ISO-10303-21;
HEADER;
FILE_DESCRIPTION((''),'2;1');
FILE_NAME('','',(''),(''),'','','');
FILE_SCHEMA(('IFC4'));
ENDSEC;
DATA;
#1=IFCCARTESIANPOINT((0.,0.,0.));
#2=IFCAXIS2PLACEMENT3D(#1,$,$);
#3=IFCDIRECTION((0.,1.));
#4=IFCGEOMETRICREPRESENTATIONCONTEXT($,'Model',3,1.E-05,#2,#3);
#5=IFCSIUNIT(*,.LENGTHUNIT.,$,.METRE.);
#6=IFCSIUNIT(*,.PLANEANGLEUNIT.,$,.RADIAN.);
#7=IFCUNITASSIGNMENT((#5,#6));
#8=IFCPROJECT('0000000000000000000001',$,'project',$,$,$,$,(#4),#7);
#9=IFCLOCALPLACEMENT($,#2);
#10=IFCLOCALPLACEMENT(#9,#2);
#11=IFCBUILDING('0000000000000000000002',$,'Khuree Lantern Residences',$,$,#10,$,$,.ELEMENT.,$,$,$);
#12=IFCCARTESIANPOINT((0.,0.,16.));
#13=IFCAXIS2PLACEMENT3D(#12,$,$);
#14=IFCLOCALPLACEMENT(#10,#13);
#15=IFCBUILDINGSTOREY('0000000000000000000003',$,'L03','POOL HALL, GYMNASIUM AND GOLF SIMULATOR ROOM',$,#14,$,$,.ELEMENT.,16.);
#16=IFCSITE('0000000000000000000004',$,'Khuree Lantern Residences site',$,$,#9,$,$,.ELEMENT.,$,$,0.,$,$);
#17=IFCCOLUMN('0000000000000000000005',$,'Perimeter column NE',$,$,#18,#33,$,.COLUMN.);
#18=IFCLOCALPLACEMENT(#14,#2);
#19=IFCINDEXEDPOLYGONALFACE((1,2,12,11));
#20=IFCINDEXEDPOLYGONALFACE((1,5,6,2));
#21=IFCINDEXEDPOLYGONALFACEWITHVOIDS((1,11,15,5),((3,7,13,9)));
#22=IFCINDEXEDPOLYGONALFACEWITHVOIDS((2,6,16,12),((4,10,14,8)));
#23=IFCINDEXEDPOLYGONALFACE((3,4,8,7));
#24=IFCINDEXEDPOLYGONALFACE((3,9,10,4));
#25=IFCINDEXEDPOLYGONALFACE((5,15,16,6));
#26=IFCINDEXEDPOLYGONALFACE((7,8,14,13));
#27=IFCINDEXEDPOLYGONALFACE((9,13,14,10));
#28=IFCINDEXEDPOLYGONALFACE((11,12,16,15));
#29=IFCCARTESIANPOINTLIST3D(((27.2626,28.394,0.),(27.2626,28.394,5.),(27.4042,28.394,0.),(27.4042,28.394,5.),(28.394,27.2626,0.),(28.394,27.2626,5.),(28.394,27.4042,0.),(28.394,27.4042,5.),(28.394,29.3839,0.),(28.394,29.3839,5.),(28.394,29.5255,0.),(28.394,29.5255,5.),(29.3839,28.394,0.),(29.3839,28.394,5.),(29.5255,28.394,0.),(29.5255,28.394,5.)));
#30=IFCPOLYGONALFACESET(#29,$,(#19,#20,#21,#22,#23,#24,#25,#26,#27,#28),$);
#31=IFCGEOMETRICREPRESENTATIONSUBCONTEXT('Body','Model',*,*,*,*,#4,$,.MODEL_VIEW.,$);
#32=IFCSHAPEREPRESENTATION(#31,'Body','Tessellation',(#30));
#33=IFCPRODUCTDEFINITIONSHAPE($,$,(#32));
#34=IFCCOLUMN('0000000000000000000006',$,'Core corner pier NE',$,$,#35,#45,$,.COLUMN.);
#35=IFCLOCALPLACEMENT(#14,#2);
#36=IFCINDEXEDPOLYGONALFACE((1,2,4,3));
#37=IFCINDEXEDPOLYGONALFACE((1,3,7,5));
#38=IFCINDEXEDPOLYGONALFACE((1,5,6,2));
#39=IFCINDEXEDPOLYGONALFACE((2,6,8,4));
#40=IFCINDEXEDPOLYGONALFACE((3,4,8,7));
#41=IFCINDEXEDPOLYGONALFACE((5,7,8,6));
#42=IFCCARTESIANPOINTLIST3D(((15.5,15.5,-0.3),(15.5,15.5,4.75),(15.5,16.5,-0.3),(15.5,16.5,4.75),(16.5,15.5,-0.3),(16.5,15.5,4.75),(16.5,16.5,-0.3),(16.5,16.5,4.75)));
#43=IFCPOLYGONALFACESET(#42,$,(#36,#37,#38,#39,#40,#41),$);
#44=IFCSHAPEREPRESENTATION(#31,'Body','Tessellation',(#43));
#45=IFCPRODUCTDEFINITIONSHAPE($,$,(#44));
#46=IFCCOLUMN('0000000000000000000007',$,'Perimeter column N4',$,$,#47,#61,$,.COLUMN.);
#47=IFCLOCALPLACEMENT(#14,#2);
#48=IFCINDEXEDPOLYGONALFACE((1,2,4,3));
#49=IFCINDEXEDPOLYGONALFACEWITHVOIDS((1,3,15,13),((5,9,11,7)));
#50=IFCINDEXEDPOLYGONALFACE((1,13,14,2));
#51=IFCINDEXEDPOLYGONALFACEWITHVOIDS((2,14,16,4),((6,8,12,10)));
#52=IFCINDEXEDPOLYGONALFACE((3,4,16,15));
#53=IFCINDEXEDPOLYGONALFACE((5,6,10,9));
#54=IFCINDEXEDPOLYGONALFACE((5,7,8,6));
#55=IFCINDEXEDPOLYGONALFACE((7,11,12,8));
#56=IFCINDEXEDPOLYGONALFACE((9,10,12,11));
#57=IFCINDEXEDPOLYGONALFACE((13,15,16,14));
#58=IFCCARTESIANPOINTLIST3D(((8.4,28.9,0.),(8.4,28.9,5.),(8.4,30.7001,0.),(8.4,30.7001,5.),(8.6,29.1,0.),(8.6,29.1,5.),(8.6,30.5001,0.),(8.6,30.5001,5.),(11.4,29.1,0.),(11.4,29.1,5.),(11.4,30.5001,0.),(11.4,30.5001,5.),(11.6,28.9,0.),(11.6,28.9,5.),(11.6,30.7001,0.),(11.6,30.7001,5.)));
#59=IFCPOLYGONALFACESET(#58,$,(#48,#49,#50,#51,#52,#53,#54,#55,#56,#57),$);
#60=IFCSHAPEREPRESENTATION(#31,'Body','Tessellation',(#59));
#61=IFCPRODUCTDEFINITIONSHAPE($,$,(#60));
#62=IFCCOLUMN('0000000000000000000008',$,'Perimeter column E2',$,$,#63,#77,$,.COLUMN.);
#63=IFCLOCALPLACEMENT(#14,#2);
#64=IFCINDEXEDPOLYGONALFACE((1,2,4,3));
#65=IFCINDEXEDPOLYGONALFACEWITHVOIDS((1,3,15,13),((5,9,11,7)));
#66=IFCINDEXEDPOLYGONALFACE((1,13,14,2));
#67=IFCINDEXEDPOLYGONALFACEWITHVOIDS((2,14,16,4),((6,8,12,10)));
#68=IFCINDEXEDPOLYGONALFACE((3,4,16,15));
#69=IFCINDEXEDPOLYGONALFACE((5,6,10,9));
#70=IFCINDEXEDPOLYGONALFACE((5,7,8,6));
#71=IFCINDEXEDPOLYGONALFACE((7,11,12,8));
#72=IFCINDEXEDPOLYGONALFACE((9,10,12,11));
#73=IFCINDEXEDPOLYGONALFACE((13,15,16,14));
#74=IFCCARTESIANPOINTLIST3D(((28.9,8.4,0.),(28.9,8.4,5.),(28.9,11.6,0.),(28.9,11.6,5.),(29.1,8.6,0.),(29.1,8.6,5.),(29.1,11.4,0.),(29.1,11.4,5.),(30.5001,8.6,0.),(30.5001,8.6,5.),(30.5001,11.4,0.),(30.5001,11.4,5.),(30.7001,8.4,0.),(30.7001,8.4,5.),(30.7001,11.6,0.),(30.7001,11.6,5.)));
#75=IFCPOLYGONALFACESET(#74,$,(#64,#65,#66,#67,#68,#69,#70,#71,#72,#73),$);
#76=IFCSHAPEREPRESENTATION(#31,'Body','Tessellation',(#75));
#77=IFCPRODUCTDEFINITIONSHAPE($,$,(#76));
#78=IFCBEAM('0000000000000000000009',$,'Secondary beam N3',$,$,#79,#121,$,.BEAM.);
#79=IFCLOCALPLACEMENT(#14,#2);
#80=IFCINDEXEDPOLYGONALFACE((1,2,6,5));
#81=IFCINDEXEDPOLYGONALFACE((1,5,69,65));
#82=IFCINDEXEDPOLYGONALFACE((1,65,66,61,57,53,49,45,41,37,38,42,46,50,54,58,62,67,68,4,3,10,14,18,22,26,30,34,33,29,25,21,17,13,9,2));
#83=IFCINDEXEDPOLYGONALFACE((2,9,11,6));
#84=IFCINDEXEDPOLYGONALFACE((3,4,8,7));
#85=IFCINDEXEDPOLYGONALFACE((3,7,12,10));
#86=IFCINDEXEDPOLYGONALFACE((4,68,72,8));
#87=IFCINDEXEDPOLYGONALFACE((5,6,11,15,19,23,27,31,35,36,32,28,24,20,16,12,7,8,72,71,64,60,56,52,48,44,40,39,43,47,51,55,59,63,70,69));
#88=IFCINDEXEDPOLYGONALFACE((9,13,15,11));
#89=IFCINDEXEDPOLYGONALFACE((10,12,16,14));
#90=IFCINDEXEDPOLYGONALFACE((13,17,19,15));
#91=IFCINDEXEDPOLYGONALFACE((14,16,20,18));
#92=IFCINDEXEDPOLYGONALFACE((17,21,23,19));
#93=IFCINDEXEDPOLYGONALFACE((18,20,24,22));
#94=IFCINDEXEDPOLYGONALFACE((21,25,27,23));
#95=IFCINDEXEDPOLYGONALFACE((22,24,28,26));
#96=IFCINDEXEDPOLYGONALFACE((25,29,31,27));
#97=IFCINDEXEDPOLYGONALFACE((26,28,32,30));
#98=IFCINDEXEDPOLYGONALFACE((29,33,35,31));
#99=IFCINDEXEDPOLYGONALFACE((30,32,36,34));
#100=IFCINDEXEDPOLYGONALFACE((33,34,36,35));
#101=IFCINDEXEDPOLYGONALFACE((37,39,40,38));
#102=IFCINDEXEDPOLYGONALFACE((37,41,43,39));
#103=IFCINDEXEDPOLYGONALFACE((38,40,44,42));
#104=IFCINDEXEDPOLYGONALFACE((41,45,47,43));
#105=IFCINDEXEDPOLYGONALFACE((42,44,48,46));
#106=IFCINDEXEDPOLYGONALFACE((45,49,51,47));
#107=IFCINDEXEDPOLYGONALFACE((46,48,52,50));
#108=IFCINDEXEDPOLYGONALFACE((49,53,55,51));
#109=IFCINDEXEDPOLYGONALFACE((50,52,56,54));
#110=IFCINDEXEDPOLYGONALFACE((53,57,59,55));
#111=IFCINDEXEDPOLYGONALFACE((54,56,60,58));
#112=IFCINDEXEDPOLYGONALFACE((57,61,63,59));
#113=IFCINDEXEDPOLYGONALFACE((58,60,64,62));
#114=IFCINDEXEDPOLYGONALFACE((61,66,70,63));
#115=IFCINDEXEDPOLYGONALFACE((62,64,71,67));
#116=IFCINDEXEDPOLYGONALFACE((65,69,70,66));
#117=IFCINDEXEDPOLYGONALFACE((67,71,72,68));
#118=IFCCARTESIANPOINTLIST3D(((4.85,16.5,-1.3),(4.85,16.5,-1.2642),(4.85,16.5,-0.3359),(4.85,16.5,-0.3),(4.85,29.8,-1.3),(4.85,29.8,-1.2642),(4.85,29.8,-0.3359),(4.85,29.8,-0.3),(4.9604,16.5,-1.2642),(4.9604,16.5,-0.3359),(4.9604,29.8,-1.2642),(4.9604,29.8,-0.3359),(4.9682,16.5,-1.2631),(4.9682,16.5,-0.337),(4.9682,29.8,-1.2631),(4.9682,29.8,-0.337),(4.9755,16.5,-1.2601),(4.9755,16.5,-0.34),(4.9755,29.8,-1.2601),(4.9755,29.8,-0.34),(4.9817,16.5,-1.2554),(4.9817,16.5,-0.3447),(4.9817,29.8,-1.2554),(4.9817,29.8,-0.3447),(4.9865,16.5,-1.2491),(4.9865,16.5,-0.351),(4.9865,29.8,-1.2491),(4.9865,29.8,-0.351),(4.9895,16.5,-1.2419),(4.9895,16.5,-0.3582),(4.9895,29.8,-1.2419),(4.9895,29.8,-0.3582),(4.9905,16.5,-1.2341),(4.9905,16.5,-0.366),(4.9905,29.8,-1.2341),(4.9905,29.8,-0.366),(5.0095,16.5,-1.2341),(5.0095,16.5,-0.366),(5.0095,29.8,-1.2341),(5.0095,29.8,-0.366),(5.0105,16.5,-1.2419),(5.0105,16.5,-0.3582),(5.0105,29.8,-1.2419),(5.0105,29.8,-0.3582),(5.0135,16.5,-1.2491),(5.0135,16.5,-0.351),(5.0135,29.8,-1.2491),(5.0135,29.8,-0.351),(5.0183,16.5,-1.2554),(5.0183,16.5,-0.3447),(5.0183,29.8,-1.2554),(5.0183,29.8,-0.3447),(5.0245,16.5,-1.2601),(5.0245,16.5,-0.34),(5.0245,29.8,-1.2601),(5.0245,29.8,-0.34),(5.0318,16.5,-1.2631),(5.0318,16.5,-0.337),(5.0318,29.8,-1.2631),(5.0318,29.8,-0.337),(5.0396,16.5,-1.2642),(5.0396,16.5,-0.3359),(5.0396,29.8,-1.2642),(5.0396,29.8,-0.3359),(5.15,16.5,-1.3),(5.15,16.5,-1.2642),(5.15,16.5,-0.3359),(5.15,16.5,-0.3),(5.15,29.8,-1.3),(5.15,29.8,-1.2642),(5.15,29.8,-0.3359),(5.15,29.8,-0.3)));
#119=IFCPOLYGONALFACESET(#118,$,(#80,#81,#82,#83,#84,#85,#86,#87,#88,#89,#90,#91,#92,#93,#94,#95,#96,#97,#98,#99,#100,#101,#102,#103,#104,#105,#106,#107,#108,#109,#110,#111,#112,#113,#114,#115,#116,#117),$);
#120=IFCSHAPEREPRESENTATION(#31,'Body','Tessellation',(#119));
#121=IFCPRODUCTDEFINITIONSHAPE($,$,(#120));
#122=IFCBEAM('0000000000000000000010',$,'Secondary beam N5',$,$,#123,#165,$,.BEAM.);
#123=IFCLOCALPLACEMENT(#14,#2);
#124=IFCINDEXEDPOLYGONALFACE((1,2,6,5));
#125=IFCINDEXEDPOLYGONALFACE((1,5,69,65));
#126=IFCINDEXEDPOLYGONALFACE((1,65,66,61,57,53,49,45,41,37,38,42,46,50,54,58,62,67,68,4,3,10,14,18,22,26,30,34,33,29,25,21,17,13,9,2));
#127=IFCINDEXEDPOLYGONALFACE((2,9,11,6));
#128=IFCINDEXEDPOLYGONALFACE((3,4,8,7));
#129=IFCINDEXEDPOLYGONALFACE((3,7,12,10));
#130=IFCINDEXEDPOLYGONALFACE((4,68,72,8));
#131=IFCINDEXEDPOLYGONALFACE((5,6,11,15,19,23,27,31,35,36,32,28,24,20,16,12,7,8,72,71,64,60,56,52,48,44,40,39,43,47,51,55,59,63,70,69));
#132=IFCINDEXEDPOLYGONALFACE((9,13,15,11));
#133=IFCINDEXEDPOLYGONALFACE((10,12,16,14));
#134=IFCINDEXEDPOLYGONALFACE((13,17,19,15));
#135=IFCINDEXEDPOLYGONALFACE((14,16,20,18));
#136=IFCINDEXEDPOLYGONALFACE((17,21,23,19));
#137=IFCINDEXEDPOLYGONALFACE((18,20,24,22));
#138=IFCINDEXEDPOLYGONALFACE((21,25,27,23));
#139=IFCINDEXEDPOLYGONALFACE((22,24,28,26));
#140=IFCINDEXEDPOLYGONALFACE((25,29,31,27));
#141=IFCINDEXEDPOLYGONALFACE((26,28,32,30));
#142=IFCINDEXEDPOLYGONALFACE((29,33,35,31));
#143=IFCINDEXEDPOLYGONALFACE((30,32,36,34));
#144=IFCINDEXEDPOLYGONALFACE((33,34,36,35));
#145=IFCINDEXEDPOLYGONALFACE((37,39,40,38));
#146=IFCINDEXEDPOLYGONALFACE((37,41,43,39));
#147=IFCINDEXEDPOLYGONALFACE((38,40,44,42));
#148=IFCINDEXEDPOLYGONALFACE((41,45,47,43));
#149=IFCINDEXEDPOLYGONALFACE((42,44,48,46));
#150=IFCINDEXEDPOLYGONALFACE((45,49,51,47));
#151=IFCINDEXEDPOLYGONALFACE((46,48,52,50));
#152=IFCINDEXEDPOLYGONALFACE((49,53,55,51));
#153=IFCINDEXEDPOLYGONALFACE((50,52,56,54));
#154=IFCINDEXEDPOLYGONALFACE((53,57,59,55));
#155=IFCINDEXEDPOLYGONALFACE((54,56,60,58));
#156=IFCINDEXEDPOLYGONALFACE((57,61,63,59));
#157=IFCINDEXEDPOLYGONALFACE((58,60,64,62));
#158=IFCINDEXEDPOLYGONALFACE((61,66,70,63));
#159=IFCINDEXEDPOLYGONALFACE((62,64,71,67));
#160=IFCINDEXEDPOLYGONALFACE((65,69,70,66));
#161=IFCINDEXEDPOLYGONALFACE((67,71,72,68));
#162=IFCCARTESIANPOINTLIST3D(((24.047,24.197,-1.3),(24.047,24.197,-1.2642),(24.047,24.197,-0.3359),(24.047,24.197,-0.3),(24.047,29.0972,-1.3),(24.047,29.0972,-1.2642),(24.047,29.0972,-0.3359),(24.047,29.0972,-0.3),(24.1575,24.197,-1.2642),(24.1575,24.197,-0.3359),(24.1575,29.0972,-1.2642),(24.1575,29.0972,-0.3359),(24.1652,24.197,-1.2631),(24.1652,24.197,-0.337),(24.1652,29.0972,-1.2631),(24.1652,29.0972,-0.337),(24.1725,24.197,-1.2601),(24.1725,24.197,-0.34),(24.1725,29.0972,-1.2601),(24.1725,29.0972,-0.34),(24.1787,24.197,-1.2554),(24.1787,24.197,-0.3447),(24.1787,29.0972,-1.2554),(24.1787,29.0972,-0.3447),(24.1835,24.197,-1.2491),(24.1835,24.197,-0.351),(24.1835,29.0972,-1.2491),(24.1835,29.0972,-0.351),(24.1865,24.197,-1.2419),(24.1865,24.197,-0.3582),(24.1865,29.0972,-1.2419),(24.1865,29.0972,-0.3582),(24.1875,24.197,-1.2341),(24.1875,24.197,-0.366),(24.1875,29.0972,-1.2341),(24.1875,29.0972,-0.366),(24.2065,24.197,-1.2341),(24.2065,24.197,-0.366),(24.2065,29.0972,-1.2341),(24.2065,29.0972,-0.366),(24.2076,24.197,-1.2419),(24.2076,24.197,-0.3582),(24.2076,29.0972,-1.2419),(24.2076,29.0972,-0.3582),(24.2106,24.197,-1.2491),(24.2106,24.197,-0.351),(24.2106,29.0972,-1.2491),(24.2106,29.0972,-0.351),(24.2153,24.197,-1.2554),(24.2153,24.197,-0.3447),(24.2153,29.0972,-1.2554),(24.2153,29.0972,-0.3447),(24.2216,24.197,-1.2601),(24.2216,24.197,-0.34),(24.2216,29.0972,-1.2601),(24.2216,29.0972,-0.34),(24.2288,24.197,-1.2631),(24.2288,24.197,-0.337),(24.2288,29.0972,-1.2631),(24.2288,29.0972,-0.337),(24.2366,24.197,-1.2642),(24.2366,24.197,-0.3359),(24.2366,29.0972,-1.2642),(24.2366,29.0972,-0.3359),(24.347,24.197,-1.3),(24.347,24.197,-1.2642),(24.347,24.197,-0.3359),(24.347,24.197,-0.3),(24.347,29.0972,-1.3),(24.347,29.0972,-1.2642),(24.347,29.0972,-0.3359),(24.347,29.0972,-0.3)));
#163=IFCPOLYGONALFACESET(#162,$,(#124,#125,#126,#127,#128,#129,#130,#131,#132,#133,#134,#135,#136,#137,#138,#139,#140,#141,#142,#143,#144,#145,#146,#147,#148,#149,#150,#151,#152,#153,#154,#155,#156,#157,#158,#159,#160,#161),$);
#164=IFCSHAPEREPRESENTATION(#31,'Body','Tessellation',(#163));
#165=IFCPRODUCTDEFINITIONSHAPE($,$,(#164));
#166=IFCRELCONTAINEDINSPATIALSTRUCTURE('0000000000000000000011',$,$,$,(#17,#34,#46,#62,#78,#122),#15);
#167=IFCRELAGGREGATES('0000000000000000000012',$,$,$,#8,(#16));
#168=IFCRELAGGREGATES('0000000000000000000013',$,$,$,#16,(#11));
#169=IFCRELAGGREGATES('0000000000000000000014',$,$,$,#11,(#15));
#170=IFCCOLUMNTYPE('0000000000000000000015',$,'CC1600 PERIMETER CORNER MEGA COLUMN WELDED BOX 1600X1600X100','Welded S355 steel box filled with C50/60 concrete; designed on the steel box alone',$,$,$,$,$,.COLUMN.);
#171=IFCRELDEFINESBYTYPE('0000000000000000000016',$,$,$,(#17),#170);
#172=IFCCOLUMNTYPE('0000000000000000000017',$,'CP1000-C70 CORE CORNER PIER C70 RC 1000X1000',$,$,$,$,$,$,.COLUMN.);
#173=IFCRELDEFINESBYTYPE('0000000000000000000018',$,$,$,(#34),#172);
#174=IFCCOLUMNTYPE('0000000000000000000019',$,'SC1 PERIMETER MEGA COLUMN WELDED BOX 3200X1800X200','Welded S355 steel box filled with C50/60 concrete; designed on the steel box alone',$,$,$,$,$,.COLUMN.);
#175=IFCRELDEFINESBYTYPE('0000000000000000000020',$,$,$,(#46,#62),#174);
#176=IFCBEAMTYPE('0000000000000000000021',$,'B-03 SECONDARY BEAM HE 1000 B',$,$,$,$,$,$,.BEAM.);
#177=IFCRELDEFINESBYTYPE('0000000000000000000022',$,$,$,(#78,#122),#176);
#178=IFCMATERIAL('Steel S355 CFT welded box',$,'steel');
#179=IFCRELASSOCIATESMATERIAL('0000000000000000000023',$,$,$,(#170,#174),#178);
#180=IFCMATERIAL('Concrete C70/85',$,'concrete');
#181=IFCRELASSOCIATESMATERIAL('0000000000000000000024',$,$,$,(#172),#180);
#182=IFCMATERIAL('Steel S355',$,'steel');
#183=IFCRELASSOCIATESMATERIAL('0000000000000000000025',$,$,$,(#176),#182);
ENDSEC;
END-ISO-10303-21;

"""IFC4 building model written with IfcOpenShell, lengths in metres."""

from ifc_helpers import new_model, si_unit, direction, frame, origin, origin_2d, place, context, subcontext, project, spatial, rectangle, hollow_rectangle, i_section, extrude, material, material_profile, profile_set, type_object, element, save


model = new_model("IFC4")

# Units and contexts
model_context = context("Model", 3, precision=1e-05, world=origin(), true_north=direction((0.0, 1.0)))
body_context = subcontext(model_context, "Body", "Model", "MODEL_VIEW")
ifc_project = project(units=[si_unit("LENGTHUNIT", "METRE"), si_unit("PLANEANGLEUNIT", "RADIAN")], contexts=[model_context])

# Site, building, storey
site_placement = place(None, origin())
site = spatial("IfcSite", under=ifc_project, at=site_placement, Name="Khuree Lantern Residences site", CompositionType="ELEMENT", RefElevation=0.0)
building_placement = place(site_placement, origin())
building = spatial("IfcBuilding", under=site, at=building_placement, Name="Khuree Lantern Residences", CompositionType="ELEMENT")
storey_placement = place(building_placement, frame((0.0, 0.0, 16.0)))
storey = spatial("IfcBuildingStorey", under=building, at=storey_placement, Name="L03", Description="POOL HALL, GYMNASIUM AND GOLF SIMULATOR ROOM", CompositionType="ELEMENT", Elevation=16.0)

# Columns
ifc_material_1 = material(Name="Steel S355 CFT welded box", Category="steel")
ifc_material_profile_1 = material_profile(ifc_material_1, hollow_rectangle(XDim=1.6001, YDim=1.6001, WallThickness=0.1001, at=origin_2d()), Name="WELDED BOX 1600X1600X100")
ifc_profile_set_1 = profile_set([ifc_material_profile_1], Name="Steel S355 CFT welded box")
column_type_1 = type_object("IfcColumnType", Name="CC1600 PERIMETER CORNER MEGA COLUMN WELDED BOX 1600X1600X100", Description="Welded S355 steel box filled with C50/60 concrete; designed on the steel box alone", PredefinedType="COLUMN", material=ifc_profile_set_1)
column_1_placement = place(storey_placement, frame((28.394, 28.394, 0.0), z_axis=(0.0, 0.0, 1.0), x_axis=(0.707107, -0.707107, 0.0)))
element("IfcColumn", 1, at=column_1_placement, inside=storey, type_object=column_type_1, Name="Perimeter column NE", PredefinedType="COLUMN", context=body_context, shape_type="SweptSolid", body=[
    extrude(hollow_rectangle(XDim=1.6001, YDim=1.6001, WallThickness=0.1001, at=origin_2d()), origin(), (0.0, 0.0, 1.0), 5.0),
])
ifc_material_2 = material(Name="Concrete C70/85", Category="concrete")
ifc_material_profile_2 = material_profile(ifc_material_2, rectangle(XDim=1.0, YDim=1.0, at=origin_2d()), Name="RC 1000X1000")
ifc_profile_set_2 = profile_set([ifc_material_profile_2], Name="Concrete C70/85")
column_type_2 = type_object("IfcColumnType", Name="CP1000-C70 CORE CORNER PIER C70 RC 1000X1000", PredefinedType="COLUMN", material=ifc_profile_set_2)
column_2_placement = place(storey_placement, frame((16.0, 16.0, -0.3), z_axis=(0.0, 0.0, 1.0), x_axis=(1.0, 0.0, 0.0)))
element("IfcColumn", 2, at=column_2_placement, inside=storey, type_object=column_type_2, Name="Core corner pier NE", PredefinedType="COLUMN", context=body_context, shape_type="SweptSolid", body=[
    extrude(rectangle(XDim=1.0, YDim=1.0, at=origin_2d()), origin(), (0.0, 0.0, 1.0), 5.05),
])
ifc_material_profile_3 = material_profile(ifc_material_1, hollow_rectangle(XDim=3.2, YDim=1.8, WallThickness=0.2, at=origin_2d()), Name="WELDED BOX 3200X1800X200")
ifc_profile_set_3 = profile_set([ifc_material_profile_3], Name="Steel S355 CFT welded box")
column_type_3 = type_object("IfcColumnType", Name="SC1 PERIMETER MEGA COLUMN WELDED BOX 3200X1800X200", Description="Welded S355 steel box filled with C50/60 concrete; designed on the steel box alone", PredefinedType="COLUMN", material=ifc_profile_set_3)
for number, where, z_axis, x_axis, name in (
    (3, (10.0, 29.8, 0.0), (0.0, 0.0, 1.0), (1.0, 0.0, 0.0), "Perimeter column N4"),
    (4, (29.8, 10.0, 0.0), (0.0, 0.0, 1.0), (0.0, 1.0, 0.0), "Perimeter column E2"),
):
    element("IfcColumn", number, at=place(storey_placement, frame(where, z_axis=z_axis, x_axis=x_axis)), inside=storey, type_object=column_type_3, Name=name, PredefinedType="COLUMN", context=body_context, shape_type="SweptSolid", body=[
        extrude(hollow_rectangle(XDim=3.2, YDim=1.8, WallThickness=0.2, at=origin_2d()), origin(), (0.0, 0.0, 1.0), 5.0),
    ])

# Beams
ifc_material_3 = material(Name="Steel S355", Category="steel")
ifc_material_profile_4 = material_profile(ifc_material_3, i_section(OverallWidth=0.3, OverallDepth=1.0, WebThickness=0.019, FlangeThickness=0.0359, FilletRadius=0.03, at=origin_2d()), Name="HE 1000 B")
ifc_profile_set_4 = profile_set([ifc_material_profile_4], Name="Steel S355")
beam_type_1 = type_object("IfcBeamType", Name="B-03 SECONDARY BEAM HE 1000 B", PredefinedType="BEAM", material=ifc_profile_set_4)
beam_1_placement = place(storey_placement, frame((5.0, 29.8, -0.8), z_axis=(0.0, -1.0, 0.0), x_axis=(1.0, 0.0, 0.0)))
element("IfcBeam", 5, at=beam_1_placement, inside=storey, type_object=beam_type_1, Name="Secondary beam N3", PredefinedType="BEAM", context=body_context, shape_type="SweptSolid", body=[
    extrude(i_section(OverallWidth=0.3, OverallDepth=1.0, WebThickness=0.019, FlangeThickness=0.0359, FilletRadius=0.03, at=origin_2d()), origin(), (0.0, 0.0, 1.0), 13.3),
])
for number, where, z_axis, x_axis, name in (
    (6, (24.197, 29.0972, -0.8), (0.0, -1.0, 0.0), (1.0, 0.0, 0.0), "Secondary beam N5"),
):
    element("IfcBeam", number, at=place(storey_placement, frame(where, z_axis=z_axis, x_axis=x_axis)), inside=storey, type_object=beam_type_1, Name=name, PredefinedType="BEAM", context=body_context, shape_type="SweptSolid", body=[
        extrude(i_section(OverallWidth=0.3, OverallDepth=1.0, WebThickness=0.019, FlangeThickness=0.0359, FilletRadius=0.03, at=origin_2d()), origin(), (0.0, 0.0, 1.0), 4.9001),
    ])

save(model, "model.ifc")
